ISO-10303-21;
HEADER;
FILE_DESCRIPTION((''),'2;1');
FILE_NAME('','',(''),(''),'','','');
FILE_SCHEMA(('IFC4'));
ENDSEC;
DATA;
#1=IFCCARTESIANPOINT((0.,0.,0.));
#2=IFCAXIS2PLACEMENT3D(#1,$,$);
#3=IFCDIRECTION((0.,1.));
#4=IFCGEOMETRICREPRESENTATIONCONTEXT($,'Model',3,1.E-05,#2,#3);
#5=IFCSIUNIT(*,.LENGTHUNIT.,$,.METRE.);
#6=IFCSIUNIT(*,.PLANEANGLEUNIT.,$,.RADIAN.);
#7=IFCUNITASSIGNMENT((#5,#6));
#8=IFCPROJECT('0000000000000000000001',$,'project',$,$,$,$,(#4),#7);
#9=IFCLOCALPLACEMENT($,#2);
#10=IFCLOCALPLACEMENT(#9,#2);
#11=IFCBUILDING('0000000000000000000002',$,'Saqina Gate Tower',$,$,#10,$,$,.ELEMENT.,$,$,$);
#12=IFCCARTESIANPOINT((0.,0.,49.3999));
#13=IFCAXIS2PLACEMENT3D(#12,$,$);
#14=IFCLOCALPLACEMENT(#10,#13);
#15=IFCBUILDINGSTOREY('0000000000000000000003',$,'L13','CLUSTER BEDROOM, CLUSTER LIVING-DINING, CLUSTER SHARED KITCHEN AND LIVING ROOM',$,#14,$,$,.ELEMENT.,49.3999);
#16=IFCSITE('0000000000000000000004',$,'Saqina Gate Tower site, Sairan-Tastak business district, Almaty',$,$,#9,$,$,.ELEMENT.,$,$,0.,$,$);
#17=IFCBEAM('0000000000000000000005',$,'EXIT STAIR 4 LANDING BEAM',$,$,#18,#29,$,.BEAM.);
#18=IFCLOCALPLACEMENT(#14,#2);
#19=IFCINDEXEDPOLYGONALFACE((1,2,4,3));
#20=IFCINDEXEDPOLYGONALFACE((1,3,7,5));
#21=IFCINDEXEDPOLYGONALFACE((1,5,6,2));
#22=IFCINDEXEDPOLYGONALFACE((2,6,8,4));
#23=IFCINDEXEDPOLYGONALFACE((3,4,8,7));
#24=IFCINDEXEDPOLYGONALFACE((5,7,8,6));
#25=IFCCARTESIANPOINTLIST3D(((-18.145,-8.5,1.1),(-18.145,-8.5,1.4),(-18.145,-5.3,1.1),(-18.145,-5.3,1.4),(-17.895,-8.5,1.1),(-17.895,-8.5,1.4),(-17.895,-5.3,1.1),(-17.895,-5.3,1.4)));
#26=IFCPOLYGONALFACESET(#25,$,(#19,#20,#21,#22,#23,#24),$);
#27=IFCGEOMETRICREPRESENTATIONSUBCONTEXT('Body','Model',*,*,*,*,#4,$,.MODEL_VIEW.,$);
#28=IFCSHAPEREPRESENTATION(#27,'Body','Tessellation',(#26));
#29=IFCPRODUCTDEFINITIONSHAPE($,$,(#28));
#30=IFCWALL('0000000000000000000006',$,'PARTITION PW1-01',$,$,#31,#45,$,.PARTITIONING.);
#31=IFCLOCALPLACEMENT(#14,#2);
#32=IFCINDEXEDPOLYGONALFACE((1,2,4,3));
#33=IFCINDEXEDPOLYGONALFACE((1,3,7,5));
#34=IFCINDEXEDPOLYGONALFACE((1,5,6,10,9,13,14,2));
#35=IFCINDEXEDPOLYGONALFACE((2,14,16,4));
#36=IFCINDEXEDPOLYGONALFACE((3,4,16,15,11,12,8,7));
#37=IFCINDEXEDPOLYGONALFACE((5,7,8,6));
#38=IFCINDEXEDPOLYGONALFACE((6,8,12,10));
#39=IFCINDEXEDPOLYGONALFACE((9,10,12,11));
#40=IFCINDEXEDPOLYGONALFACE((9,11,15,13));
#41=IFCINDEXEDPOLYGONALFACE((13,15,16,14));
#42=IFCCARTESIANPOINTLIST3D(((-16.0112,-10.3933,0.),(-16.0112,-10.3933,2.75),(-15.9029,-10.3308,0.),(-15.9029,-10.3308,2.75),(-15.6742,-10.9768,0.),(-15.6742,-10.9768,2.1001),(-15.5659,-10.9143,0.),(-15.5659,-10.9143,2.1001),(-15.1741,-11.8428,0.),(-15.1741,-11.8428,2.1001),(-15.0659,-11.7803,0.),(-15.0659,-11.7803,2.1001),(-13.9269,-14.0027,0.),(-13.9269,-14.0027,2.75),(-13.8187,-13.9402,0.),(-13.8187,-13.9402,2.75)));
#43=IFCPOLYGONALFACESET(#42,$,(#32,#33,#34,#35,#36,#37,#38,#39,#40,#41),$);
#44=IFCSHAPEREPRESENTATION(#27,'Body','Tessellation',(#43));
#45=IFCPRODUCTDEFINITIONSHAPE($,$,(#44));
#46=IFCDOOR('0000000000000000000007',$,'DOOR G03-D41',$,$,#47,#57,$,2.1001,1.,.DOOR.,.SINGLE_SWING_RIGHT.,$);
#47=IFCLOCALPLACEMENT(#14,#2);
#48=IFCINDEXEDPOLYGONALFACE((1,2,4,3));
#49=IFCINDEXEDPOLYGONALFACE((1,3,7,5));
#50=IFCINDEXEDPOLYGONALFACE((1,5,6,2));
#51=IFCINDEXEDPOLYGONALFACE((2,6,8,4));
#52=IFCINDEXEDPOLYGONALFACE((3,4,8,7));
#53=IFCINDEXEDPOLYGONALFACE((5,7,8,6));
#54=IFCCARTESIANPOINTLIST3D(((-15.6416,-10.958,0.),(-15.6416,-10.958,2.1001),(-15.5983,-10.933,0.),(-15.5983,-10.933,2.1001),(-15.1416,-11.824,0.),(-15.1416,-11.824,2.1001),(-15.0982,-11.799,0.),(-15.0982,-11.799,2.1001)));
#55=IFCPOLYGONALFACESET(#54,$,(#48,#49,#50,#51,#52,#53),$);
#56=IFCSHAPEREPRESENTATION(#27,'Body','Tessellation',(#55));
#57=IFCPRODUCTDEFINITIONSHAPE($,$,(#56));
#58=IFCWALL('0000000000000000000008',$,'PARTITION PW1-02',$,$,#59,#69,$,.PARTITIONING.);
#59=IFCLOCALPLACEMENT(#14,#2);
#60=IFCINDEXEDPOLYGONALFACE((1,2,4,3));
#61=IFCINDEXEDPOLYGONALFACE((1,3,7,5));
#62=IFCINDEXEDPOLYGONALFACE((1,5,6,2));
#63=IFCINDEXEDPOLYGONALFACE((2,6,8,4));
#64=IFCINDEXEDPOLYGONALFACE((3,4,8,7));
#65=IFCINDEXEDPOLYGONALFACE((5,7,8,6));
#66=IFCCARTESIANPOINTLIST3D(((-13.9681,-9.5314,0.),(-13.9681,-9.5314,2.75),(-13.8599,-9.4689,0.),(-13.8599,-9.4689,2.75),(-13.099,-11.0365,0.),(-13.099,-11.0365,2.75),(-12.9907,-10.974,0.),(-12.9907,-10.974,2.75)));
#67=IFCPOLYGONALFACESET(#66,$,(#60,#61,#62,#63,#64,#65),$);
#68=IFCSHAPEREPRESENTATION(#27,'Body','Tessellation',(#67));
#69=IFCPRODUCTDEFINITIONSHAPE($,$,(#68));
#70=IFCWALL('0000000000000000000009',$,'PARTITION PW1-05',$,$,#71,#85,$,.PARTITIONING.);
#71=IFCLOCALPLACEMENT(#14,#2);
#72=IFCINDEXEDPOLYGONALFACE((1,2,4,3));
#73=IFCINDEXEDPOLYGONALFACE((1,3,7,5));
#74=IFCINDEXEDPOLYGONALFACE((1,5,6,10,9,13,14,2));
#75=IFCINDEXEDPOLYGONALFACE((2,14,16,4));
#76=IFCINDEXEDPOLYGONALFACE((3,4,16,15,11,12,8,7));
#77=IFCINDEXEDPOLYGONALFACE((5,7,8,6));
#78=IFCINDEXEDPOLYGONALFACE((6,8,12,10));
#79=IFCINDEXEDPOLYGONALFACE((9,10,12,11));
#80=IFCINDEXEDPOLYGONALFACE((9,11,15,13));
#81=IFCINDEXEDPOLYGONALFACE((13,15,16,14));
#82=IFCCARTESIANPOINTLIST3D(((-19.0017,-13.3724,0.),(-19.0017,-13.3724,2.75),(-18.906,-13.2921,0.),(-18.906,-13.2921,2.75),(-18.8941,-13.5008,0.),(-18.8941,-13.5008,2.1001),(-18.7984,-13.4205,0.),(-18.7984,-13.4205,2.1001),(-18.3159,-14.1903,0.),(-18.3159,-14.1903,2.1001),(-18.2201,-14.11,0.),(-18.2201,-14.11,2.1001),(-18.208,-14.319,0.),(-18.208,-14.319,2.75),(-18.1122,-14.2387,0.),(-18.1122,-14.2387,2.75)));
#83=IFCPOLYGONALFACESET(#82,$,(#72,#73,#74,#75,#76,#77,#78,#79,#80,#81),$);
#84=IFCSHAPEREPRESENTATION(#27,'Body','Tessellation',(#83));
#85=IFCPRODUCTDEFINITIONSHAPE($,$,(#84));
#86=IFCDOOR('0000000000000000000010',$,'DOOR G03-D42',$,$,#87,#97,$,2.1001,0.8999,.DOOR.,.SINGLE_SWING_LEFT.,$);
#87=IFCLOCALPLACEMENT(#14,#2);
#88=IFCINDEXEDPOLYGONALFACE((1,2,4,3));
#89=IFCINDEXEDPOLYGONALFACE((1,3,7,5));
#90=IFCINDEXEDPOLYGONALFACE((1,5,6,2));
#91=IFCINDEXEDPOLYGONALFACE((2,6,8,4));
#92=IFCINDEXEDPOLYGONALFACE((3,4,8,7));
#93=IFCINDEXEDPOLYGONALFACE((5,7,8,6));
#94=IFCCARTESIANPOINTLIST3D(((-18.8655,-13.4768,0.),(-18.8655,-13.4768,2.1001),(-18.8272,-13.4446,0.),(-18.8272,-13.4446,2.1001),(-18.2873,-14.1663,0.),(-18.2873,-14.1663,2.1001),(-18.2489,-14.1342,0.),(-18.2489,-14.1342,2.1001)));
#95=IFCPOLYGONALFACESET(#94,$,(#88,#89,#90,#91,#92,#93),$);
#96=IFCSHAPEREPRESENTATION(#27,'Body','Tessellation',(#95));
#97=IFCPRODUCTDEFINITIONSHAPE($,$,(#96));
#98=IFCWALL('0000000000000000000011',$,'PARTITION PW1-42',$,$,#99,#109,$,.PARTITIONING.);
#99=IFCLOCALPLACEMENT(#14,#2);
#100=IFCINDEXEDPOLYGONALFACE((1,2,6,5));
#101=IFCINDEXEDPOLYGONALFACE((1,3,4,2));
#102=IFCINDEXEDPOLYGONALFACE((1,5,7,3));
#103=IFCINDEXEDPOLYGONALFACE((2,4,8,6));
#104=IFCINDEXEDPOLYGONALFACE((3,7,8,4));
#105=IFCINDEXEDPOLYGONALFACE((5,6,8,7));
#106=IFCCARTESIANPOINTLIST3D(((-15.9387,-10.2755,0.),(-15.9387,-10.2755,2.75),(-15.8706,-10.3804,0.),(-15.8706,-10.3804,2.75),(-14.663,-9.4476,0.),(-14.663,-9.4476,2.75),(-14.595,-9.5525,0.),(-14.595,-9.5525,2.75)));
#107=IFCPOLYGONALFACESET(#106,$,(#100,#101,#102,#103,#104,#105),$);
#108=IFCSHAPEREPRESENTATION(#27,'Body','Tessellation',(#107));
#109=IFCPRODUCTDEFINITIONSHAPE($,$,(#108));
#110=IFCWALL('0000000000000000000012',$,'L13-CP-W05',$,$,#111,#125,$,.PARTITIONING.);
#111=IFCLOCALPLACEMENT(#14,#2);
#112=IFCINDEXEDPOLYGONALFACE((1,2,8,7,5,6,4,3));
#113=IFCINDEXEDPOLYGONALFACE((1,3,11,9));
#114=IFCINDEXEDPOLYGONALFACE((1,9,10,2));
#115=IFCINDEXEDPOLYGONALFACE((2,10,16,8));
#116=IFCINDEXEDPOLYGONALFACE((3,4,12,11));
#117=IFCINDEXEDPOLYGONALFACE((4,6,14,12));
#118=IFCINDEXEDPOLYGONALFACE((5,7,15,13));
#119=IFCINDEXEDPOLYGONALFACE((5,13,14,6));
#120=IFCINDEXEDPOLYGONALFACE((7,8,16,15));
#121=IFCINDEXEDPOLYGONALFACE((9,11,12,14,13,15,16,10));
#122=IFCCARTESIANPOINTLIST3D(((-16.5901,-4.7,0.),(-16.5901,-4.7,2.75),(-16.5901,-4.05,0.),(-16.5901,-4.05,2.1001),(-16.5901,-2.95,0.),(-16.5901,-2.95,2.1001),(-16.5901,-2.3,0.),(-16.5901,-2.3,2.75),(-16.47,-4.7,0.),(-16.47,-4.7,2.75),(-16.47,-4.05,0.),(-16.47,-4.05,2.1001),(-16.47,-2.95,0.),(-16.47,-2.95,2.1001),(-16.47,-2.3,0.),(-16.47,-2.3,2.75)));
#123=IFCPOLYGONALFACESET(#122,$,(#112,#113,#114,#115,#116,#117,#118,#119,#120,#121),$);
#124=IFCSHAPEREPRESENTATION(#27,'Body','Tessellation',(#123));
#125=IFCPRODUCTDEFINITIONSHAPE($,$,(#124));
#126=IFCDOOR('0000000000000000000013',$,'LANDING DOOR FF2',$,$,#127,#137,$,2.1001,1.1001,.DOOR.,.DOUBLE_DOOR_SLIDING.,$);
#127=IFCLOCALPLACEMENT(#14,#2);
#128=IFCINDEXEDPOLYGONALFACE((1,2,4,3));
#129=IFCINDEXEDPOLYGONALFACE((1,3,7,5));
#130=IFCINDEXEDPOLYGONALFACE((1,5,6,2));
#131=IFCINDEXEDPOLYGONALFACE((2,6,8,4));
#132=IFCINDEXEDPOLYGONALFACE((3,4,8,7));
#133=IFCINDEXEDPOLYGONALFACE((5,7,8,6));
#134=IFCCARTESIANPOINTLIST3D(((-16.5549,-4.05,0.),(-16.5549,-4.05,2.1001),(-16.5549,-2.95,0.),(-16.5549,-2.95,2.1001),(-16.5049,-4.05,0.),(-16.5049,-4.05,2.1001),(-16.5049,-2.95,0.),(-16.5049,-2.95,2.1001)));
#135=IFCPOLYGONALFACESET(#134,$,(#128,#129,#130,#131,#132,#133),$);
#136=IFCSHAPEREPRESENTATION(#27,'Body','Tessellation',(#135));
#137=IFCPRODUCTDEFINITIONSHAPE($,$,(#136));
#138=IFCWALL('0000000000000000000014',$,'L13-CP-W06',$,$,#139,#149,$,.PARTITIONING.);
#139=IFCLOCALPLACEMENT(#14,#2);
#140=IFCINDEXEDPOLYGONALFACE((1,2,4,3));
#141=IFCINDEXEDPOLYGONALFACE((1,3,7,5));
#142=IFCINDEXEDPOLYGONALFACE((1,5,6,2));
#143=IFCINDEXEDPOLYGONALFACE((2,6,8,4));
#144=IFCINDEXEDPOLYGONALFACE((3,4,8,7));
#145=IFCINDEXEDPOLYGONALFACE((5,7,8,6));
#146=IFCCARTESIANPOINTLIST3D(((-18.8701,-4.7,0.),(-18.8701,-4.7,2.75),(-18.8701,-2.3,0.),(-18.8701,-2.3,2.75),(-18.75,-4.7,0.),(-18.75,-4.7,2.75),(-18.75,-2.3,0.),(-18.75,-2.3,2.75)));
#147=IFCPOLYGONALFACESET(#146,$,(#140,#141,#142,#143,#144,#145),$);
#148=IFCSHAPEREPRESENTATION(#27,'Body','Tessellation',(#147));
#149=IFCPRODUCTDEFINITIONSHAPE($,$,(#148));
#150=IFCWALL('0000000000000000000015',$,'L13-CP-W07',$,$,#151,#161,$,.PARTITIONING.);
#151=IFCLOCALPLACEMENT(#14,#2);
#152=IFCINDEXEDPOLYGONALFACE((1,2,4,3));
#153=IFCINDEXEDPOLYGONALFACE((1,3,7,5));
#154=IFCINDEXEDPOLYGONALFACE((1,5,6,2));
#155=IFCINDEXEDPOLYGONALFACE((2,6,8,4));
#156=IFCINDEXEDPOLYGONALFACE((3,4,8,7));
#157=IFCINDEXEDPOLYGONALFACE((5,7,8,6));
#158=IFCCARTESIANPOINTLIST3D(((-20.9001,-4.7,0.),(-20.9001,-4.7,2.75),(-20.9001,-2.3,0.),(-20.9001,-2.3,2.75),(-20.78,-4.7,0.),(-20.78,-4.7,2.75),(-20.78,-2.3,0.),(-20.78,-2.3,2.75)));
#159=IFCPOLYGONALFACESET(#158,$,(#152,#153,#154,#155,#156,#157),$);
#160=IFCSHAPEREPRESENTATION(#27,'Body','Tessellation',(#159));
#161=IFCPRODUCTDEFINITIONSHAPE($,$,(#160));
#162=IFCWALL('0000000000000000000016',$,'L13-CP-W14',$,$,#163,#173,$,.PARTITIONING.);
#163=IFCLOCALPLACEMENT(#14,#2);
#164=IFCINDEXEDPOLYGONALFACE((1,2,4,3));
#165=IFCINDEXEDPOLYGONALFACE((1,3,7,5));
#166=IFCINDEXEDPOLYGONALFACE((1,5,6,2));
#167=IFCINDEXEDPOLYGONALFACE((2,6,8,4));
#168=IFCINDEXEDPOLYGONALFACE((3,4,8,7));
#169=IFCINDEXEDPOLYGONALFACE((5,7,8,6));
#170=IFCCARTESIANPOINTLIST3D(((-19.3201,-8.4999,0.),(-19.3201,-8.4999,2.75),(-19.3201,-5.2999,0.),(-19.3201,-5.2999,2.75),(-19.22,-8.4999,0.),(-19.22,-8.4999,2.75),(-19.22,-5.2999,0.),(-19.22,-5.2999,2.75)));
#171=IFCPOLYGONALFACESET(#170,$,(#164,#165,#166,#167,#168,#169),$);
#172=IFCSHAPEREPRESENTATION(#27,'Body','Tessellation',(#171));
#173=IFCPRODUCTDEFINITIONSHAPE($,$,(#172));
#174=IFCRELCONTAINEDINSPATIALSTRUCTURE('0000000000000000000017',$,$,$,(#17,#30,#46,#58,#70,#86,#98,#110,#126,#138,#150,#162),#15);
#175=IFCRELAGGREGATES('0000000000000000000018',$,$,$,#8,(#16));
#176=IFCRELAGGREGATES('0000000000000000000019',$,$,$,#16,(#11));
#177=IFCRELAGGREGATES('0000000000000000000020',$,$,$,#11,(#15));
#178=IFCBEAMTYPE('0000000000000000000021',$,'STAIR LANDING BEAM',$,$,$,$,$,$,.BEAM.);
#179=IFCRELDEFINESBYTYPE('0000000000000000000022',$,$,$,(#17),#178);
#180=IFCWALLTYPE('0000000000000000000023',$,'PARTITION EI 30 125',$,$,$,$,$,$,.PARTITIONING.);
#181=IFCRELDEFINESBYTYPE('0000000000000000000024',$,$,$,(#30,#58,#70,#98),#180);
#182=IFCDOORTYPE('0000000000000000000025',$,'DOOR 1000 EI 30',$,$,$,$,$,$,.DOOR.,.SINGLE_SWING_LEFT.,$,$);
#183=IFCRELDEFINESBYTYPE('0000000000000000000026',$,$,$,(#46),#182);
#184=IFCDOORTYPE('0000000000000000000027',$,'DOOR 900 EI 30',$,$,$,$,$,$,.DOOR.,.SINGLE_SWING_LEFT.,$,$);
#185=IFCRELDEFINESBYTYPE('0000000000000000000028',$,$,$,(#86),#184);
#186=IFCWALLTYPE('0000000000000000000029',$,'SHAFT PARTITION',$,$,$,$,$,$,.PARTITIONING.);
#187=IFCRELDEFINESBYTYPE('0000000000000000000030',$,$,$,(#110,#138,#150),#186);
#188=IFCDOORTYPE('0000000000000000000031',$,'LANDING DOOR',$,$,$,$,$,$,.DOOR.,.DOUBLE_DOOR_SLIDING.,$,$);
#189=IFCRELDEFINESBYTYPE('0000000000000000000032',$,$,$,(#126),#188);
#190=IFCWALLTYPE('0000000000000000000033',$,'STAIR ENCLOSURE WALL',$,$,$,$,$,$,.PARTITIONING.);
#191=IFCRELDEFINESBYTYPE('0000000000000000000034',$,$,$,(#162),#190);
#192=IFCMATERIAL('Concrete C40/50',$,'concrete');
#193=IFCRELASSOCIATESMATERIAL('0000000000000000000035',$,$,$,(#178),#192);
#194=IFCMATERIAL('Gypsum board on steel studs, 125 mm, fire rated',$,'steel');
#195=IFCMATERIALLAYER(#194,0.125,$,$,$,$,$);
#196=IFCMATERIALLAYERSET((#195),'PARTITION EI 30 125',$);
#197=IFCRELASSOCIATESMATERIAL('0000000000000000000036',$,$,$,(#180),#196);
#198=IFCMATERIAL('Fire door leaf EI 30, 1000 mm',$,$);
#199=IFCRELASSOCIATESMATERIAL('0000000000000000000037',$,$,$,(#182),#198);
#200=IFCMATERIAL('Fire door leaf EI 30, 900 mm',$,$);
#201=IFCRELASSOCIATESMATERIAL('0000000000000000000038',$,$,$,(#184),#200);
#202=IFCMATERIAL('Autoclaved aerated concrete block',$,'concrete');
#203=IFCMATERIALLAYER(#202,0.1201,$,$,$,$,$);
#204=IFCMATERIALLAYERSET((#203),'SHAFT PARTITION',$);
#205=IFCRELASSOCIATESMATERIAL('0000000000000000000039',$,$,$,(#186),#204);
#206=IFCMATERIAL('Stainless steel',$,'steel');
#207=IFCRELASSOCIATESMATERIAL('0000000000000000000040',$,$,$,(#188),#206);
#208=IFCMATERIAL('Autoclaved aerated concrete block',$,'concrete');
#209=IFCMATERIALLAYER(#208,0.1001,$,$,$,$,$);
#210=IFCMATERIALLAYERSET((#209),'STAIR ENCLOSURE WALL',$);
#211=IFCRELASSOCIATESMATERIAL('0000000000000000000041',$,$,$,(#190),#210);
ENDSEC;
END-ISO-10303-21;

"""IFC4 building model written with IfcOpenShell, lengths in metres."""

from ifc_helpers import new_model, si_unit, direction, frame, frame_2d, origin, origin_2d, place, context, subcontext, project, spatial, rectangle, extrude, material, layer, layer_set, material_profile, profile_set, type_object, element, fill, save


model = new_model("IFC4")

# Units and contexts
model_context = context("Model", 3, precision=1e-05, world=origin(), true_north=direction((0.0, 1.0)))
body_context = subcontext(model_context, "Body", "Model", "MODEL_VIEW")
ifc_project = project(units=[si_unit("LENGTHUNIT", "METRE"), si_unit("PLANEANGLEUNIT", "RADIAN")], contexts=[model_context])

# Site, building, storey
site_placement = place(None, origin())
site = spatial("IfcSite", under=ifc_project, at=site_placement, Name="Saqina Gate Tower site, Sairan-Tastak business district, Almaty", CompositionType="ELEMENT", RefElevation=0.0)
building_placement = place(site_placement, origin())
building = spatial("IfcBuilding", under=site, at=building_placement, Name="Saqina Gate Tower", CompositionType="ELEMENT")
storey_placement = place(building_placement, frame((0.0, 0.0, 49.3999)))
storey = spatial("IfcBuildingStorey", under=building, at=storey_placement, Name="L13", Description="CLUSTER BEDROOM, CLUSTER LIVING-DINING, CLUSTER SHARED KITCHEN AND LIVING ROOM", CompositionType="ELEMENT", Elevation=49.3999)

# Beam
ifc_material_1 = material(Name="Concrete C40/50", Category="concrete")
ifc_material_profile = material_profile(ifc_material_1, rectangle(XDim=0.25, YDim=0.3, at=origin_2d()), Name="STAIR LANDING BEAM")
ifc_profile_set = profile_set([ifc_material_profile], Name="Concrete C40/50")
beam_type = type_object("IfcBeamType", Name="STAIR LANDING BEAM", PredefinedType="BEAM", material=ifc_profile_set)
beam_placement = place(storey_placement, frame((-18.02, -8.5, 1.25), z_axis=(0.0, 1.0, 0.0), x_axis=(-1.0, 0.0, 0.0)))
element("IfcBeam", 1, at=beam_placement, inside=storey, type_object=beam_type, Name="EXIT STAIR 4 LANDING BEAM", PredefinedType="BEAM", context=body_context, shape_type="SweptSolid", body=[
    extrude(rectangle(XDim=0.25, YDim=0.3, at=origin_2d()), origin(), (0.0, 0.0, 1.0), 3.2),
])

# Wall, opening, door
ifc_material_2 = material(Name="Gypsum board on steel studs, 125 mm, fire rated", Category="steel")
ifc_layer_1 = layer(ifc_material_2, 0.125)
ifc_layer_set_1 = layer_set([ifc_layer_1], Name="PARTITION EI 30 125")
wall_type_1 = type_object("IfcWallType", Name="PARTITION EI 30 125", PredefinedType="PARTITIONING", material=ifc_layer_set_1)
wall_1_placement = place(storey_placement, frame((-15.957, -10.3621, 0.0), z_axis=(0.0, 0.0, 1.0), x_axis=(0.500064, -0.865989, 0.0)))
wall_1 = element("IfcWall", 2, at=wall_1_placement, inside=storey, type_object=wall_type_1, Name="PARTITION PW1-01", PredefinedType="PARTITIONING", context=body_context, shape_type="SweptSolid", body=[
    extrude(rectangle(XDim=4.168, YDim=0.125, at=frame_2d((2.084, 0.0))), origin(), (0.0, 0.0, 1.0), 2.75),
])
opening_1_placement = place(wall_1_placement, frame((0.6738, 0.0, 0.0)))
opening_1 = element("IfcOpeningElement", 3, at=opening_1_placement, cuts=wall_1, PredefinedType="OPENING", context=body_context, shape_type="SweptSolid", body=[
    extrude(rectangle(XDim=1.0, YDim=2.1001, at=frame_2d((0.5, 1.05))), frame((0.0, 0.0745, 0.0), z_axis=(0.0, -1.0, 0.0), x_axis=(1.0, 0.0, 0.0)), (0.0, 0.0, 1.0), 0.1489),
])
ifc_material_3 = material(Name="Fire door leaf EI 30, 1000 mm")
door_type_1 = type_object("IfcDoorType", Name="DOOR 1000 EI 30", OperationType="SINGLE_SWING_LEFT", PredefinedType="DOOR", material=ifc_material_3)
door_1_placement = place(opening_1_placement, frame((1.0, 0.0, 0.0), z_axis=(0.0, 0.0, 1.0), x_axis=(-1.0, 0.0, 0.0)))
door_1 = element("IfcDoor", 4, at=door_1_placement, inside=storey, type_object=door_type_1, Name="DOOR G03-D41", OperationType="SINGLE_SWING_RIGHT", OverallHeight=2.1001, OverallWidth=1.0, PredefinedType="DOOR", context=body_context, shape_type="SweptSolid", body=[
    extrude(rectangle(XDim=1.0, YDim=2.1001, at=frame_2d((0.5, 1.05))), frame((0.0, 0.0249, 0.0), z_axis=(0.0, -1.0, 0.0), x_axis=(1.0, 0.0, 0.0)), (0.0, 0.0, 1.0), 0.05),
])
fill(opening_1, door_1)

# Wall
wall_2_placement = place(storey_placement, frame((-13.9141, -9.5, 0.0), z_axis=(0.0, 0.0, 1.0), x_axis=(0.500067, -0.865987, 0.0)))
element("IfcWall", 5, at=wall_2_placement, inside=storey, type_object=wall_type_1, Name="PARTITION PW1-02", PredefinedType="PARTITIONING", context=body_context, shape_type="SweptSolid", body=[
    extrude(rectangle(XDim=1.738, YDim=0.125, at=frame_2d((0.8691, 0.0))), origin(), (0.0, 0.0, 1.0), 2.75),
])

# Wall, opening, door
wall_3_placement = place(storey_placement, frame((-18.9539, -13.3323, 0.0), z_axis=(0.0, 0.0, 1.0), x_axis=(0.642534, -0.766257, 0.0)))
wall_3 = element("IfcWall", 6, at=wall_3_placement, inside=storey, type_object=wall_type_1, Name="PARTITION PW1-05", PredefinedType="PARTITIONING", context=body_context, shape_type="SweptSolid", body=[
    extrude(rectangle(XDim=1.2354, YDim=0.125, at=frame_2d((0.6177, 0.0))), origin(), (0.0, 0.0, 1.0), 2.75),
])
opening_2_placement = place(wall_3_placement, frame((0.1675, 0.0, 0.0)))
opening_2 = element("IfcOpeningElement", 7, at=opening_2_placement, cuts=wall_3, PredefinedType="OPENING", context=body_context, shape_type="SweptSolid", body=[
    extrude(rectangle(XDim=0.8999, YDim=2.1001, at=frame_2d((0.45, 1.05))), frame((0.0, 0.0745, 0.0), z_axis=(0.0, -1.0, 0.0), x_axis=(1.0, 0.0, 0.0)), (0.0, 0.0, 1.0), 0.1489),
])
ifc_material_4 = material(Name="Fire door leaf EI 30, 900 mm")
door_type_2 = type_object("IfcDoorType", Name="DOOR 900 EI 30", OperationType="SINGLE_SWING_LEFT", PredefinedType="DOOR", material=ifc_material_4)
door_2_placement = place(opening_2_placement, origin())
door_2 = element("IfcDoor", 8, at=door_2_placement, inside=storey, type_object=door_type_2, Name="DOOR G03-D42", OperationType="SINGLE_SWING_LEFT", OverallHeight=2.1001, OverallWidth=0.8999, PredefinedType="DOOR", context=body_context, shape_type="SweptSolid", body=[
    extrude(rectangle(XDim=0.8999, YDim=2.1001, at=frame_2d((0.45, 1.05))), frame((0.0, 0.0249, 0.0), z_axis=(0.0, -1.0, 0.0), x_axis=(1.0, 0.0, 0.0)), (0.0, 0.0, 1.0), 0.05),
])
fill(opening_2, door_2)

# Wall
wall_4_placement = place(storey_placement, frame((-15.9045, -10.3279, 0.0), z_axis=(0.0, 0.0, 1.0), x_axis=(0.838829, 0.544396, 0.0)))
element("IfcWall", 9, at=wall_4_placement, inside=storey, type_object=wall_type_1, Name="PARTITION PW1-42", PredefinedType="PARTITIONING", context=body_context, shape_type="SweptSolid", body=[
    extrude(rectangle(XDim=1.5208, YDim=0.125, at=frame_2d((0.7603, 0.0))), origin(), (0.0, 0.0, 1.0), 2.75),
])

# Wall, opening, door
ifc_material_5 = material(Name="Autoclaved aerated concrete block", Category="concrete")
ifc_layer_2 = layer(ifc_material_5, 0.1201)
ifc_layer_set_2 = layer_set([ifc_layer_2], Name="SHAFT PARTITION")
wall_type_2 = type_object("IfcWallType", Name="SHAFT PARTITION", PredefinedType="PARTITIONING", material=ifc_layer_set_2)
wall_5_placement = place(storey_placement, frame((-16.53, -4.7, 0.0), z_axis=(0.0, 0.0, 1.0), x_axis=(0.0, 1.0, 0.0)))
wall_5 = element("IfcWall", 10, at=wall_5_placement, inside=storey, type_object=wall_type_2, Name="L13-CP-W05", PredefinedType="PARTITIONING", context=body_context, shape_type="SweptSolid", body=[
    extrude(rectangle(XDim=2.3999, YDim=0.1201, at=frame_2d((1.2, 0.0))), origin(), (0.0, 0.0, 1.0), 2.75),
])
opening_3_placement = place(wall_5_placement, frame((0.6499, 0.0, 0.0)))
opening_3 = element("IfcOpeningElement", 11, at=opening_3_placement, cuts=wall_5, PredefinedType="OPENING", context=body_context, shape_type="SweptSolid", body=[
    extrude(rectangle(XDim=1.1001, YDim=2.1001, at=frame_2d((0.55, 1.05))), frame((0.0, 0.072, 0.0), z_axis=(0.0, -1.0, 0.0), x_axis=(1.0, 0.0, 0.0)), (0.0, 0.0, 1.0), 0.144),
])
ifc_material_6 = material(Name="Stainless steel", Category="steel")
door_type_3 = type_object("IfcDoorType", Name="LANDING DOOR", OperationType="DOUBLE_DOOR_SLIDING", PredefinedType="DOOR", material=ifc_material_6)
door_3_placement = place(opening_3_placement, origin())
door_3 = element("IfcDoor", 12, at=door_3_placement, inside=storey, type_object=door_type_3, Name="LANDING DOOR FF2", OperationType="DOUBLE_DOOR_SLIDING", OverallHeight=2.1001, OverallWidth=1.1001, PredefinedType="DOOR", context=body_context, shape_type="SweptSolid", body=[
    extrude(rectangle(XDim=1.1001, YDim=2.1001, at=frame_2d((0.55, 1.05))), frame((0.0, 0.0249, 0.0), z_axis=(0.0, -1.0, 0.0), x_axis=(1.0, 0.0, 0.0)), (0.0, 0.0, 1.0), 0.05),
])
fill(opening_3, door_3)

# Walls
for number, where, z_axis, x_axis, name in (
    (13, (-18.8101, -4.7, 0.0), (0.0, 0.0, 1.0), (0.0, 1.0, 0.0), "L13-CP-W06"),
    (14, (-20.8401, -4.7, 0.0), (0.0, 0.0, 1.0), (0.0, 1.0, 0.0), "L13-CP-W07"),
):
    element("IfcWall", number, at=place(storey_placement, frame(where, z_axis=z_axis, x_axis=x_axis)), inside=storey, type_object=wall_type_2, Name=name, PredefinedType="PARTITIONING", context=body_context, shape_type="SweptSolid", body=[
        extrude(rectangle(XDim=2.3999, YDim=0.1201, at=frame_2d((1.2, 0.0))), origin(), (0.0, 0.0, 1.0), 2.75),
    ])
ifc_material_7 = material(Name="Autoclaved aerated concrete block", Category="concrete")
ifc_layer_3 = layer(ifc_material_7, 0.1001)
ifc_layer_set_3 = layer_set([ifc_layer_3], Name="STAIR ENCLOSURE WALL")
wall_type_3 = type_object("IfcWallType", Name="STAIR ENCLOSURE WALL", PredefinedType="PARTITIONING", material=ifc_layer_set_3)
wall_6_placement = place(storey_placement, frame((-19.27, -8.5, 0.0), z_axis=(0.0, 0.0, 1.0), x_axis=(0.0, 1.0, 0.0)))
element("IfcWall", 15, at=wall_6_placement, inside=storey, type_object=wall_type_3, Name="L13-CP-W14", PredefinedType="PARTITIONING", context=body_context, shape_type="SweptSolid", body=[
    extrude(rectangle(XDim=3.2, YDim=0.1001, at=frame_2d((1.6001, 0.0))), origin(), (0.0, 0.0, 1.0), 2.75),
])

save(model, "model.ifc")
